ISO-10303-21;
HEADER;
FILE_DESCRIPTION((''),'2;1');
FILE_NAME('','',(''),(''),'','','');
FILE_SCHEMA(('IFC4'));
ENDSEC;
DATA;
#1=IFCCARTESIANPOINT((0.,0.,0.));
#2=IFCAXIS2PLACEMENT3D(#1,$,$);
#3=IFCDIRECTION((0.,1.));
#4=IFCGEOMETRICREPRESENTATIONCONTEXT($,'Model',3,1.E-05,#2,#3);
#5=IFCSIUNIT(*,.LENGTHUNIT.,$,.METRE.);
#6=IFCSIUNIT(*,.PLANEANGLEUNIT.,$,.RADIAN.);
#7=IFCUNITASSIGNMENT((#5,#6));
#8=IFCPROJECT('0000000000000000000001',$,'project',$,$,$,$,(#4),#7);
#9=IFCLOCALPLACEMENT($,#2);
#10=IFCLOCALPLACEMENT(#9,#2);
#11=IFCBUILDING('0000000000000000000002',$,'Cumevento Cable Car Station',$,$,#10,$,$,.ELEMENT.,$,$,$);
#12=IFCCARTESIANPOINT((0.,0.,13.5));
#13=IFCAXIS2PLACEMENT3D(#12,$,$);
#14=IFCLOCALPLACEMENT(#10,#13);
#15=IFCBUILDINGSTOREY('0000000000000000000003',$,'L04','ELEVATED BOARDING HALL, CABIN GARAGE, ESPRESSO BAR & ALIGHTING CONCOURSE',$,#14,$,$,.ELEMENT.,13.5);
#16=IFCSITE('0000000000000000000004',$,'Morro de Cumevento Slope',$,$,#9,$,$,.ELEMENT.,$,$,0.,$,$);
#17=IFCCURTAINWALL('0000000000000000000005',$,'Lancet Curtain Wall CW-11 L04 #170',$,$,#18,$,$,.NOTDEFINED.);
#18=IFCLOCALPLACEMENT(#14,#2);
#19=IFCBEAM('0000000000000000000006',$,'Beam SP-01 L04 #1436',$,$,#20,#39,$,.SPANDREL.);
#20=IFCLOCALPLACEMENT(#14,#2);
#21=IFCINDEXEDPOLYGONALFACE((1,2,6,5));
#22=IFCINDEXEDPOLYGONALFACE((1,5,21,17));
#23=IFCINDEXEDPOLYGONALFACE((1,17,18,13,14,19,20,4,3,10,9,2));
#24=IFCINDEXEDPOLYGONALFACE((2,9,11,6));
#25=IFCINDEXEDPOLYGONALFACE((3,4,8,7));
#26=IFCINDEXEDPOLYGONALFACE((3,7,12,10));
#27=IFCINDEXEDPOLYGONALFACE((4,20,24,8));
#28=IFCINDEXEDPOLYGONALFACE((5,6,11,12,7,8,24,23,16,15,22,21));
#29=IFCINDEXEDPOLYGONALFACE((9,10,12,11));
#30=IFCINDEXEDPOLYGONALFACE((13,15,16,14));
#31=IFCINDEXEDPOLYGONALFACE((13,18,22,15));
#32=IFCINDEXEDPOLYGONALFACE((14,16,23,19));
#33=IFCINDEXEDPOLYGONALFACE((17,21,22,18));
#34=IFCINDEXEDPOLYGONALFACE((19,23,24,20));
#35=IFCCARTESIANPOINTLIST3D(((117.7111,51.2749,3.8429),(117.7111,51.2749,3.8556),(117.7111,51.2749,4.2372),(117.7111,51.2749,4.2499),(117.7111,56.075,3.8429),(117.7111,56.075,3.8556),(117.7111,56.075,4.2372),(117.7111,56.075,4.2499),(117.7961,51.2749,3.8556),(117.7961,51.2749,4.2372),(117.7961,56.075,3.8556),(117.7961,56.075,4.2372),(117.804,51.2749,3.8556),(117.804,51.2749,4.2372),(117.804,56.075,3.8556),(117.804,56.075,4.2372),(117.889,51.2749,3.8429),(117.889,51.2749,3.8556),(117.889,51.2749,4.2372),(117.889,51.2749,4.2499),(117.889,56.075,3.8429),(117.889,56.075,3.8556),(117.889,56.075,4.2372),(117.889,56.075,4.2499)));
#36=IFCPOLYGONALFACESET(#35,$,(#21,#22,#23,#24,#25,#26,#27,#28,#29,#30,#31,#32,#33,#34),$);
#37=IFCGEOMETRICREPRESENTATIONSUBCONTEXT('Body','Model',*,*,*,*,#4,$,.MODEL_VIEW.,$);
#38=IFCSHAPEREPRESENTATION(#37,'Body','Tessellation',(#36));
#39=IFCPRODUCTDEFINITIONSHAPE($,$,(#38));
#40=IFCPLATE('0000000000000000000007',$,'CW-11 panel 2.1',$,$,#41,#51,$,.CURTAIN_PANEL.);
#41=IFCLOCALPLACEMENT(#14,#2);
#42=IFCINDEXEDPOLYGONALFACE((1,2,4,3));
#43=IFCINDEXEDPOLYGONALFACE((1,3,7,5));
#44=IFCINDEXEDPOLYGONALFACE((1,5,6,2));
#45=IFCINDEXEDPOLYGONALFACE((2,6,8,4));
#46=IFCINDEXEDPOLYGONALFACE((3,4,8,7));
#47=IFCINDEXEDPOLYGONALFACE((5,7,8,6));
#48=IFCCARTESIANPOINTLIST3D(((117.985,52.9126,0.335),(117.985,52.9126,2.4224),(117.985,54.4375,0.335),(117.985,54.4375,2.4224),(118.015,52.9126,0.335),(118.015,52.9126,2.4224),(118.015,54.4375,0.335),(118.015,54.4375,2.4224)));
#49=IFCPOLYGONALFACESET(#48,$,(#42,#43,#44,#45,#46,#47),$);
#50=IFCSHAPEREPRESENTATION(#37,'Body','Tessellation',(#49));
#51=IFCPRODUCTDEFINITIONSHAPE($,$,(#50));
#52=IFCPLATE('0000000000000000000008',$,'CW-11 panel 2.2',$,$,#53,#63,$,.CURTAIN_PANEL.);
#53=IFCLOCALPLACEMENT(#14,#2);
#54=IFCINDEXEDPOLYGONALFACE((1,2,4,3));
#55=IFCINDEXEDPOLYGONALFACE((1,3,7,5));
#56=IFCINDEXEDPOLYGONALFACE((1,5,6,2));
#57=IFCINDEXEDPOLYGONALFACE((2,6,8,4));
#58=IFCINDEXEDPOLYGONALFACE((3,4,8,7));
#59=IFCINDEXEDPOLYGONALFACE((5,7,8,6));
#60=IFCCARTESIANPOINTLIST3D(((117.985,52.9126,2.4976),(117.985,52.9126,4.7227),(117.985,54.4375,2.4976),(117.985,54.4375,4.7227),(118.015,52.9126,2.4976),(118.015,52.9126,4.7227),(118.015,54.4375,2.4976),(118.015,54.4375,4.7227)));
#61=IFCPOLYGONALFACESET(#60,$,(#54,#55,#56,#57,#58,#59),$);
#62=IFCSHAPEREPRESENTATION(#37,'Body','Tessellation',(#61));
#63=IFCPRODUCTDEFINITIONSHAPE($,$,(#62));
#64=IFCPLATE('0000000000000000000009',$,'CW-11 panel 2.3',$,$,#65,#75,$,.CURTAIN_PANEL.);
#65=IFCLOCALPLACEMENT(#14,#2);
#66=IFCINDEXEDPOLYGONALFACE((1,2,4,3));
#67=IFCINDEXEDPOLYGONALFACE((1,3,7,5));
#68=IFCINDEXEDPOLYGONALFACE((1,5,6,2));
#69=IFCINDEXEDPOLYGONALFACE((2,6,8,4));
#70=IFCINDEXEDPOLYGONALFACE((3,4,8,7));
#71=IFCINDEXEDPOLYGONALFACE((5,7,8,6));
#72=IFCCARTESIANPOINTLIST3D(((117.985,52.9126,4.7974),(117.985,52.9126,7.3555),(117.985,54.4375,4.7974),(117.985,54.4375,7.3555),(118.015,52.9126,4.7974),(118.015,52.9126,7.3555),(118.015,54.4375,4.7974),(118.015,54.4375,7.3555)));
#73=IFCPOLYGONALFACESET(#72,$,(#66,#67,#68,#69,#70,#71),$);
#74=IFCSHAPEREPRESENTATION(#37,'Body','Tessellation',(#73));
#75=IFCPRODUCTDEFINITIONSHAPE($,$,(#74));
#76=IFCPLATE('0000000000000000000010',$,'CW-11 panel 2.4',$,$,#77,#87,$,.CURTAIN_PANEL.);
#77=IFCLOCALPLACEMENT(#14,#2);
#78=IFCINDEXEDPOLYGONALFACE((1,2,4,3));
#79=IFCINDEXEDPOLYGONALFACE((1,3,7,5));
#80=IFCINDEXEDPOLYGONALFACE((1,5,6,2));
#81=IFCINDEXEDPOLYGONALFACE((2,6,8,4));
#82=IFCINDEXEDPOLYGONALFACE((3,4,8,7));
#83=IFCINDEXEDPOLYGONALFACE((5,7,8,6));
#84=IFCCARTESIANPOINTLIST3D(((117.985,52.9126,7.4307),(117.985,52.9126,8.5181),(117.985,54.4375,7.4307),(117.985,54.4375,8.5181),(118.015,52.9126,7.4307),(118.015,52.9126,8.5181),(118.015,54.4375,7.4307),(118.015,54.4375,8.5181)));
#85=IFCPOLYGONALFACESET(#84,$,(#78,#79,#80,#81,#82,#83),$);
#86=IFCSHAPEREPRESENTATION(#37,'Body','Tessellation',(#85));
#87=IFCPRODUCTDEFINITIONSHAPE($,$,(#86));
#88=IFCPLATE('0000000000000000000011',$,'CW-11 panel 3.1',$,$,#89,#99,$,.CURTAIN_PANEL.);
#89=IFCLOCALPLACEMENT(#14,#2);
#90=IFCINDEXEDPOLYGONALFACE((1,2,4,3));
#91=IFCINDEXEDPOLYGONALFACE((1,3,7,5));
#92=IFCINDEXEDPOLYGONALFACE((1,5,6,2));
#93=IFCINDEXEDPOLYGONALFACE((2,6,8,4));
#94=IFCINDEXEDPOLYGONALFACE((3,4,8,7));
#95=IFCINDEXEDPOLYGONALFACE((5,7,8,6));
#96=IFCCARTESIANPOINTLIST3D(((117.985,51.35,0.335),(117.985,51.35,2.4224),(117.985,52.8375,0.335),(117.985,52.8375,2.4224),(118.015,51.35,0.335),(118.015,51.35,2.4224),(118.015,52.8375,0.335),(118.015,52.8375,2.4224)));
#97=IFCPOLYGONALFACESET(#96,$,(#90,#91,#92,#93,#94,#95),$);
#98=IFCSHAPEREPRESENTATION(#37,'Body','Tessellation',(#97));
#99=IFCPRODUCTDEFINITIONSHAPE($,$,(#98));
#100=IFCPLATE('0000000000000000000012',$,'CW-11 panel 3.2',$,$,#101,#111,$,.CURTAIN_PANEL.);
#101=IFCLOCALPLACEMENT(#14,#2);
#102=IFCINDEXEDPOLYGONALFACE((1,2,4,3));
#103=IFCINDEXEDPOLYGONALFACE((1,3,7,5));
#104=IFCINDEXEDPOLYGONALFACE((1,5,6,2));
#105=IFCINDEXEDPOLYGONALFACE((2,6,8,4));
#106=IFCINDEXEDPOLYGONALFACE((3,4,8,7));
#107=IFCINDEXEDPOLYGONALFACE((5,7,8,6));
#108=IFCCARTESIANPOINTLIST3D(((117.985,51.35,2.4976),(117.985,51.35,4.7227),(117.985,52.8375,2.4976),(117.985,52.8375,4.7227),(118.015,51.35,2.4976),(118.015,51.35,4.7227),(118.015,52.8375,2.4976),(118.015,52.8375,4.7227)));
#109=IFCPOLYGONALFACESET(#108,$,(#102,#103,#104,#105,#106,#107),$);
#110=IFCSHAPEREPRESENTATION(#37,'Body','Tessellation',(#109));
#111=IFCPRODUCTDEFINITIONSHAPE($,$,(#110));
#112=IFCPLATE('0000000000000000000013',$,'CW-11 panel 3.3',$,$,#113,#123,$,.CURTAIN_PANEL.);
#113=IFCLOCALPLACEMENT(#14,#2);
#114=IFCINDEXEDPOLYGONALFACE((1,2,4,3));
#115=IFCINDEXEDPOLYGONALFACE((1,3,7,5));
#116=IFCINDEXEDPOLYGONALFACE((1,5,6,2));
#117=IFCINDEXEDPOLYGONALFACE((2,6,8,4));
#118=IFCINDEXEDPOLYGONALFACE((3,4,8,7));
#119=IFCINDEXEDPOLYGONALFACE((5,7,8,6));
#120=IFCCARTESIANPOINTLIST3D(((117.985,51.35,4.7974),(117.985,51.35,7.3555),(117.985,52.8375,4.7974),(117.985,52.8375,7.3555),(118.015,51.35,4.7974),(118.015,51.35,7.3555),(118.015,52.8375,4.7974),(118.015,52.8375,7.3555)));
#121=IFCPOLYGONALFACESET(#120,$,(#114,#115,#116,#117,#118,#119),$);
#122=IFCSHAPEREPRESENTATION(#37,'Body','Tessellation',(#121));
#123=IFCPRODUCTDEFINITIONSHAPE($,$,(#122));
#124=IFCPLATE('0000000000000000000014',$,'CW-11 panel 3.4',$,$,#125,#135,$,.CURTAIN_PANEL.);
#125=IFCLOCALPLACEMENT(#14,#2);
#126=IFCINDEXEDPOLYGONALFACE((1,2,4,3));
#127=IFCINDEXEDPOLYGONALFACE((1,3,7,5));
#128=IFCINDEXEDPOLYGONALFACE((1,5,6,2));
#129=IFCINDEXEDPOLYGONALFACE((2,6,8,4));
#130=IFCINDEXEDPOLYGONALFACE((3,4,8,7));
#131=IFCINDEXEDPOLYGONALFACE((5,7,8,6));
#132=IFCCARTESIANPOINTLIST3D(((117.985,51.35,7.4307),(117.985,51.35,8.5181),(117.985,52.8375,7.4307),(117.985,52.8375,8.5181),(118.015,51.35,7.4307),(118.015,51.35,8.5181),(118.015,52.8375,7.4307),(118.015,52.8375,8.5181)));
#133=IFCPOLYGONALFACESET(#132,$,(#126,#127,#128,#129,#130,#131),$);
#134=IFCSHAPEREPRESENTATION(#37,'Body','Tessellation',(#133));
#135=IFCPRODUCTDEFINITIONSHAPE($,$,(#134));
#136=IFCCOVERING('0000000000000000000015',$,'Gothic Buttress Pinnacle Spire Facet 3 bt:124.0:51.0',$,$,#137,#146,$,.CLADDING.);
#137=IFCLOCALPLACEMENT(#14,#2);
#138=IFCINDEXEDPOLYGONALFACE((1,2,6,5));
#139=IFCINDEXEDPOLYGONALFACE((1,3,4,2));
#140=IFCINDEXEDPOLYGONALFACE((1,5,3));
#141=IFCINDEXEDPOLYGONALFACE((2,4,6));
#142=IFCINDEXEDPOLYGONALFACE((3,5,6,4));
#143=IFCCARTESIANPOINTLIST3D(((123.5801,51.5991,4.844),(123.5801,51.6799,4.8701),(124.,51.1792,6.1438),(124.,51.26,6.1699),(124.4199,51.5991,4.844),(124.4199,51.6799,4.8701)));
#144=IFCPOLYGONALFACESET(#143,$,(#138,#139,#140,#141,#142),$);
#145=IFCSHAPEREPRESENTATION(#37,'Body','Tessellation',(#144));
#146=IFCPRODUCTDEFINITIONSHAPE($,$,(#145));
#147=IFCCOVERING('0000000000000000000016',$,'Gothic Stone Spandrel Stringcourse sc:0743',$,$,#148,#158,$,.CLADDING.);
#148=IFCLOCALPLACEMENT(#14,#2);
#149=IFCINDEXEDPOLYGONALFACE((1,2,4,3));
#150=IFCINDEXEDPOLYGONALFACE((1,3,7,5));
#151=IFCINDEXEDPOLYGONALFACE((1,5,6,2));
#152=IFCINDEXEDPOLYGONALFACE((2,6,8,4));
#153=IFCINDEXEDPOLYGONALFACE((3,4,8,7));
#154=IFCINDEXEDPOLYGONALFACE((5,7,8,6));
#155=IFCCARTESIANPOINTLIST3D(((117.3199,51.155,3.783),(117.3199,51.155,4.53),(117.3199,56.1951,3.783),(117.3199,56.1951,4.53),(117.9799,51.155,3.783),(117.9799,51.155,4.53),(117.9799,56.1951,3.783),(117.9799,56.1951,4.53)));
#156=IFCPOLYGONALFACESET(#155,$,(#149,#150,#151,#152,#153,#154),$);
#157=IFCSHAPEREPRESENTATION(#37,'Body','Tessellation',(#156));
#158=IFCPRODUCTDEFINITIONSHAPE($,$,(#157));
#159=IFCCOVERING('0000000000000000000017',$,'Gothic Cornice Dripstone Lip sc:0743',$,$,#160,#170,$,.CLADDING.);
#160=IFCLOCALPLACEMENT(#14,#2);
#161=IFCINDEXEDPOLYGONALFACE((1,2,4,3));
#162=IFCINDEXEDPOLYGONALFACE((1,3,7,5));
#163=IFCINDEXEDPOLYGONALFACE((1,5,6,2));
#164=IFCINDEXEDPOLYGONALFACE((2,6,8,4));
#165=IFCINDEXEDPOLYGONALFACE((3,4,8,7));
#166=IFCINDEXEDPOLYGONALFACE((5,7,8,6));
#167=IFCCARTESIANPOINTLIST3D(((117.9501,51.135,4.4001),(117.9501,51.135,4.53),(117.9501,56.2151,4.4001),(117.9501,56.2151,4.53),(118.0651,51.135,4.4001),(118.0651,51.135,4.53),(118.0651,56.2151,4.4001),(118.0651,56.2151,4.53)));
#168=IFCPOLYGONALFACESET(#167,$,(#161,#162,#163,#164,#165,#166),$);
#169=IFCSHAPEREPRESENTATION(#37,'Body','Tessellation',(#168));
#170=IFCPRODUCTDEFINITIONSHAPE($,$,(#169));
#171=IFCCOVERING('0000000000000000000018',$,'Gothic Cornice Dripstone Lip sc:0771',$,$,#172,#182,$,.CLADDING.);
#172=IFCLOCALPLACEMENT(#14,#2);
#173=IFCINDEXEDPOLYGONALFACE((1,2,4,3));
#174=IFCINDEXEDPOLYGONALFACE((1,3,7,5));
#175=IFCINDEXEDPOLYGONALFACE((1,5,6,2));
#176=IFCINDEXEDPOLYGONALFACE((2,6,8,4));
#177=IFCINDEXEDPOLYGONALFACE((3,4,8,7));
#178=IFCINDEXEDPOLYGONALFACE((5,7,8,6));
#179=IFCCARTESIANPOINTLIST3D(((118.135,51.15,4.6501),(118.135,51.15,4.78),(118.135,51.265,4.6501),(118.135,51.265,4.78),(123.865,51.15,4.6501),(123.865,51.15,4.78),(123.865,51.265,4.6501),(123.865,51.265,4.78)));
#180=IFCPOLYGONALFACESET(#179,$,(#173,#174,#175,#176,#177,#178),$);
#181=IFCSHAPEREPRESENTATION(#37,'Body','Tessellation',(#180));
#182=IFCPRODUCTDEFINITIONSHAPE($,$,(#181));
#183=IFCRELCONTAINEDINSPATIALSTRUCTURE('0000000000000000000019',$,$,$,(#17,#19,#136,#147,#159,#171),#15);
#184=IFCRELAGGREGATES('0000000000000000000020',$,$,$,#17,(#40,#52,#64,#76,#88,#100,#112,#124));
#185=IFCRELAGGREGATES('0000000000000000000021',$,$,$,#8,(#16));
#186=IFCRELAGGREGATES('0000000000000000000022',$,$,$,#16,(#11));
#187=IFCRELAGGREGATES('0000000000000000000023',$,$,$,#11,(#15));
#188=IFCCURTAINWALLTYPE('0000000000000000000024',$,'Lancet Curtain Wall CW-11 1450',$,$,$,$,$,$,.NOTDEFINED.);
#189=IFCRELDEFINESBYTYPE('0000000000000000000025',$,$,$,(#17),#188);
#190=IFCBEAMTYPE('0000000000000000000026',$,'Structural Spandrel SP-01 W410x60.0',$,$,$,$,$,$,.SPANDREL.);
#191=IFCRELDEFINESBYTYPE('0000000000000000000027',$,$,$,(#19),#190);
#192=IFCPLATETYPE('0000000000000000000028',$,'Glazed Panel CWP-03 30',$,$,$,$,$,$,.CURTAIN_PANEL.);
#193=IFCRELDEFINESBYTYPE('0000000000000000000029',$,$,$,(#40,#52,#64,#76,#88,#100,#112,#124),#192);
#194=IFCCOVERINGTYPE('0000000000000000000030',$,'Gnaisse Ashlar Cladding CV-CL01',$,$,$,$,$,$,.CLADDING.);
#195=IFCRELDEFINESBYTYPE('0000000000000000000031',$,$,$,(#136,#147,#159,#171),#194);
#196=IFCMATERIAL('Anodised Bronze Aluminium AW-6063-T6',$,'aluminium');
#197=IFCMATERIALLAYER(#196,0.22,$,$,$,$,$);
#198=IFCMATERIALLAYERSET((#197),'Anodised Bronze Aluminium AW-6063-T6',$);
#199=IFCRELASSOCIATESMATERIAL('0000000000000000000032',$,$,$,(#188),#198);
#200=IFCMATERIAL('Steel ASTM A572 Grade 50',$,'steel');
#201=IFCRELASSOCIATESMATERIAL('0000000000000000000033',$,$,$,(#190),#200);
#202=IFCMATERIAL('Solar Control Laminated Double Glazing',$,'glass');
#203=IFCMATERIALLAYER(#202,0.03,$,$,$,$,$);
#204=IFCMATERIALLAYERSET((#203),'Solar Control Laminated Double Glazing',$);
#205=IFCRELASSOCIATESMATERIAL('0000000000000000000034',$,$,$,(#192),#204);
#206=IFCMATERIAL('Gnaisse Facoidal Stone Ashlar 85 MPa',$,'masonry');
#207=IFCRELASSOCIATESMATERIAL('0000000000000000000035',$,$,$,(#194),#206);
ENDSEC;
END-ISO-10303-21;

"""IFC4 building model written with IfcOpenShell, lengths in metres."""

from ifc_helpers import new_model, si_unit, direction, frame, origin, origin_2d, place, context, subcontext, project, spatial, polyline, rectangle, i_section, outline, extrude, material, layer, layer_set, material_profile, profile_set, type_object, element, aggregate, save


model = new_model("IFC4")

# Units and contexts
model_context = context("Model", 3, precision=1e-05, world=origin(), true_north=direction((0.0, 1.0)))
body_context = subcontext(model_context, "Body", "Model", "MODEL_VIEW")
ifc_project = project(units=[si_unit("LENGTHUNIT", "METRE"), si_unit("PLANEANGLEUNIT", "RADIAN")], contexts=[model_context])

# Site, building, storey
site_placement = place(None, origin())
site = spatial("IfcSite", under=ifc_project, at=site_placement, Name="Morro de Cumevento Slope", CompositionType="ELEMENT", RefElevation=0.0)
building_placement = place(site_placement, origin())
building = spatial("IfcBuilding", under=site, at=building_placement, Name="Cumevento Cable Car Station", CompositionType="ELEMENT")
storey_placement = place(building_placement, frame((0.0, 0.0, 13.5)))
storey = spatial("IfcBuildingStorey", under=building, at=storey_placement, Name="L04", Description="ELEVATED BOARDING HALL, CABIN GARAGE, ESPRESSO BAR & ALIGHTING CONCOURSE", CompositionType="ELEMENT", Elevation=13.5)

# Curtain wall
ifc_material_1 = material(Name="Anodised Bronze Aluminium AW-6063-T6", Category="aluminium")
ifc_layer_1 = layer(ifc_material_1, 0.22)
ifc_layer_set_1 = layer_set([ifc_layer_1], Name="Anodised Bronze Aluminium AW-6063-T6")
curtain_wall_type = type_object("IfcCurtainWallType", Name="Lancet Curtain Wall CW-11 1450", PredefinedType="NOTDEFINED", material=ifc_layer_set_1)
curtain_wall_placement = place(storey_placement, origin())
curtain_wall = element("IfcCurtainWall", 1, at=curtain_wall_placement, inside=storey, type_object=curtain_wall_type, Name="Lancet Curtain Wall CW-11 L04 #170", PredefinedType="NOTDEFINED")

# Beam
ifc_material_2 = material(Name="Steel ASTM A572 Grade 50", Category="steel")
ifc_material_profile_1 = material_profile(ifc_material_2, i_section(OverallWidth=0.178, OverallDepth=0.407, WebThickness=0.0078, FlangeThickness=0.0127, at=origin_2d()), Name="W410x60.0")
ifc_profile_set_1 = profile_set([ifc_material_profile_1], Name="Steel ASTM A572 Grade 50")
beam_type = type_object("IfcBeamType", Name="Structural Spandrel SP-01 W410x60.0", PredefinedType="SPANDREL", material=ifc_profile_set_1)
beam_placement = place(storey_placement, frame((117.8, 51.2749, 4.0464), z_axis=(0.0, 1.0, 0.0), x_axis=(-1.0, 0.0, 0.0)))
element("IfcBeam", 2, at=beam_placement, inside=storey, type_object=beam_type, Name="Beam SP-01 L04 #1436", PredefinedType="SPANDREL", context=body_context, shape_type="SweptSolid", body=[
    extrude(i_section(OverallWidth=0.178, OverallDepth=0.407, WebThickness=0.0078, FlangeThickness=0.0127, at=origin_2d()), origin(), (0.0, 0.0, 1.0), 4.8),
])

# Plates
ifc_material_3 = material(Name="Solar Control Laminated Double Glazing", Category="glass")
ifc_layer_2 = layer(ifc_material_3, 0.03)
ifc_layer_set_2 = layer_set([ifc_layer_2], Name="Solar Control Laminated Double Glazing")
plate_type = type_object("IfcPlateType", Name="Glazed Panel CWP-03 30", PredefinedType="CURTAIN_PANEL", material=ifc_layer_set_2)
plate_1_placement = place(storey_placement, frame((118.0, 53.675, 0.335), z_axis=(0.0, 0.0, 1.0), x_axis=(0.0, -1.0, 0.0)))
plate_1 = element("IfcPlate", 3, at=plate_1_placement, type_object=plate_type, Name="CW-11 panel 2.1", PredefinedType="CURTAIN_PANEL", context=body_context, shape_type="SweptSolid", body=[
    extrude(rectangle(XDim=1.5249, YDim=0.03, at=origin_2d()), origin(), (0.0, 0.0, 1.0), 2.0874),
])
plate_2_placement = place(storey_placement, frame((118.0, 53.675, 2.4976), z_axis=(0.0, 0.0, 1.0), x_axis=(0.0, -1.0, 0.0)))
plate_2 = element("IfcPlate", 4, at=plate_2_placement, type_object=plate_type, Name="CW-11 panel 2.2", PredefinedType="CURTAIN_PANEL", context=body_context, shape_type="SweptSolid", body=[
    extrude(rectangle(XDim=1.5249, YDim=0.03, at=origin_2d()), origin(), (0.0, 0.0, 1.0), 2.2251),
])
plate_3_placement = place(storey_placement, frame((118.0, 53.675, 4.7974), z_axis=(0.0, 0.0, 1.0), x_axis=(0.0, -1.0, 0.0)))
plate_3 = element("IfcPlate", 5, at=plate_3_placement, type_object=plate_type, Name="CW-11 panel 2.3", PredefinedType="CURTAIN_PANEL", context=body_context, shape_type="SweptSolid", body=[
    extrude(rectangle(XDim=1.5249, YDim=0.03, at=origin_2d()), origin(), (0.0, 0.0, 1.0), 2.5581),
])
plate_4_placement = place(storey_placement, frame((118.0, 53.675, 7.4307), z_axis=(0.0, 0.0, 1.0), x_axis=(0.0, -1.0, 0.0)))
plate_4 = element("IfcPlate", 6, at=plate_4_placement, type_object=plate_type, Name="CW-11 panel 2.4", PredefinedType="CURTAIN_PANEL", context=body_context, shape_type="SweptSolid", body=[
    extrude(rectangle(XDim=1.5249, YDim=0.03, at=origin_2d()), origin(), (0.0, 0.0, 1.0), 1.0874),
])
plate_5_placement = place(storey_placement, frame((118.0, 52.0938, 0.335), z_axis=(0.0, 0.0, 1.0), x_axis=(0.0, -1.0, 0.0)))
plate_5 = element("IfcPlate", 7, at=plate_5_placement, type_object=plate_type, Name="CW-11 panel 3.1", PredefinedType="CURTAIN_PANEL", context=body_context, shape_type="SweptSolid", body=[
    extrude(rectangle(XDim=1.4875, YDim=0.03, at=origin_2d()), origin(), (0.0, 0.0, 1.0), 2.0874),
])
plate_6_placement = place(storey_placement, frame((118.0, 52.0938, 2.4976), z_axis=(0.0, 0.0, 1.0), x_axis=(0.0, -1.0, 0.0)))
plate_6 = element("IfcPlate", 8, at=plate_6_placement, type_object=plate_type, Name="CW-11 panel 3.2", PredefinedType="CURTAIN_PANEL", context=body_context, shape_type="SweptSolid", body=[
    extrude(rectangle(XDim=1.4875, YDim=0.03, at=origin_2d()), origin(), (0.0, 0.0, 1.0), 2.2251),
])
plate_7_placement = place(storey_placement, frame((118.0, 52.0938, 4.7974), z_axis=(0.0, 0.0, 1.0), x_axis=(0.0, -1.0, 0.0)))
plate_7 = element("IfcPlate", 9, at=plate_7_placement, type_object=plate_type, Name="CW-11 panel 3.3", PredefinedType="CURTAIN_PANEL", context=body_context, shape_type="SweptSolid", body=[
    extrude(rectangle(XDim=1.4875, YDim=0.03, at=origin_2d()), origin(), (0.0, 0.0, 1.0), 2.5581),
])
plate_8_placement = place(storey_placement, frame((118.0, 52.0938, 7.4307), z_axis=(0.0, 0.0, 1.0), x_axis=(0.0, -1.0, 0.0)))
plate_8 = element("IfcPlate", 10, at=plate_8_placement, type_object=plate_type, Name="CW-11 panel 3.4", PredefinedType="CURTAIN_PANEL", context=body_context, shape_type="SweptSolid", body=[
    extrude(rectangle(XDim=1.4875, YDim=0.03, at=origin_2d()), origin(), (0.0, 0.0, 1.0), 1.0874),
])
aggregate(curtain_wall, [plate_1, plate_2, plate_3, plate_4, plate_5, plate_6, plate_7, plate_8])

# Coverings
ifc_material_4 = material(Name="Gnaisse Facoidal Stone Ashlar 85 MPa", Category="masonry")
covering_type = type_object("IfcCoveringType", Name="Gnaisse Ashlar Cladding CV-CL01", PredefinedType="CLADDING", material=ifc_material_4)
covering_1_placement = place(storey_placement, frame((123.5801, 51.6799, 4.8701), z_axis=(0.0, 0.951574, 0.307421), x_axis=(1.0, 0.0, 0.0)))
element("IfcCovering", 11, at=covering_1_placement, inside=storey, type_object=covering_type, Name="Gothic Buttress Pinnacle Spire Facet 3 bt:124.0:51.0", PredefinedType="CLADDING", context=body_context, shape_type="SweptSolid", body=[
    extrude(outline(polyline([(0.0, 0.0), (0.8398, 0.0), (0.4199, -1.366), (0.0, 0.0)])), origin(), (0.0, 0.0, -1.0), 0.085),
])
covering_2_placement = place(storey_placement, frame((117.6499, 53.675, 3.783), z_axis=(0.0, 0.0, 1.0), x_axis=(0.0, -1.0, 0.0)))
element("IfcCovering", 12, at=covering_2_placement, inside=storey, type_object=covering_type, Name="Gothic Stone Spandrel Stringcourse sc:0743", PredefinedType="CLADDING", context=body_context, shape_type="SweptSolid", body=[
    extrude(rectangle(XDim=5.04, YDim=0.6599, at=origin_2d()), origin(), (0.0, 0.0, 1.0), 0.7471),
])
covering_3_placement = place(storey_placement, frame((118.0076, 53.675, 4.4001), z_axis=(0.0, 0.0, 1.0), x_axis=(0.0, -1.0, 0.0)))
element("IfcCovering", 13, at=covering_3_placement, inside=storey, type_object=covering_type, Name="Gothic Cornice Dripstone Lip sc:0743", PredefinedType="CLADDING", context=body_context, shape_type="SweptSolid", body=[
    extrude(rectangle(XDim=5.0801, YDim=0.115, at=origin_2d()), origin(), (0.0, 0.0, 1.0), 0.1299),
])
covering_4_placement = place(storey_placement, frame((121.0, 51.2075, 4.6501), z_axis=(0.0, 0.0, 1.0), x_axis=(1.0, 0.0, 0.0)))
element("IfcCovering", 14, at=covering_4_placement, inside=storey, type_object=covering_type, Name="Gothic Cornice Dripstone Lip sc:0771", PredefinedType="CLADDING", context=body_context, shape_type="SweptSolid", body=[
    extrude(rectangle(XDim=5.73, YDim=0.115, at=origin_2d()), origin(), (0.0, 0.0, 1.0), 0.1299),
])

save(model, "model.ifc")
